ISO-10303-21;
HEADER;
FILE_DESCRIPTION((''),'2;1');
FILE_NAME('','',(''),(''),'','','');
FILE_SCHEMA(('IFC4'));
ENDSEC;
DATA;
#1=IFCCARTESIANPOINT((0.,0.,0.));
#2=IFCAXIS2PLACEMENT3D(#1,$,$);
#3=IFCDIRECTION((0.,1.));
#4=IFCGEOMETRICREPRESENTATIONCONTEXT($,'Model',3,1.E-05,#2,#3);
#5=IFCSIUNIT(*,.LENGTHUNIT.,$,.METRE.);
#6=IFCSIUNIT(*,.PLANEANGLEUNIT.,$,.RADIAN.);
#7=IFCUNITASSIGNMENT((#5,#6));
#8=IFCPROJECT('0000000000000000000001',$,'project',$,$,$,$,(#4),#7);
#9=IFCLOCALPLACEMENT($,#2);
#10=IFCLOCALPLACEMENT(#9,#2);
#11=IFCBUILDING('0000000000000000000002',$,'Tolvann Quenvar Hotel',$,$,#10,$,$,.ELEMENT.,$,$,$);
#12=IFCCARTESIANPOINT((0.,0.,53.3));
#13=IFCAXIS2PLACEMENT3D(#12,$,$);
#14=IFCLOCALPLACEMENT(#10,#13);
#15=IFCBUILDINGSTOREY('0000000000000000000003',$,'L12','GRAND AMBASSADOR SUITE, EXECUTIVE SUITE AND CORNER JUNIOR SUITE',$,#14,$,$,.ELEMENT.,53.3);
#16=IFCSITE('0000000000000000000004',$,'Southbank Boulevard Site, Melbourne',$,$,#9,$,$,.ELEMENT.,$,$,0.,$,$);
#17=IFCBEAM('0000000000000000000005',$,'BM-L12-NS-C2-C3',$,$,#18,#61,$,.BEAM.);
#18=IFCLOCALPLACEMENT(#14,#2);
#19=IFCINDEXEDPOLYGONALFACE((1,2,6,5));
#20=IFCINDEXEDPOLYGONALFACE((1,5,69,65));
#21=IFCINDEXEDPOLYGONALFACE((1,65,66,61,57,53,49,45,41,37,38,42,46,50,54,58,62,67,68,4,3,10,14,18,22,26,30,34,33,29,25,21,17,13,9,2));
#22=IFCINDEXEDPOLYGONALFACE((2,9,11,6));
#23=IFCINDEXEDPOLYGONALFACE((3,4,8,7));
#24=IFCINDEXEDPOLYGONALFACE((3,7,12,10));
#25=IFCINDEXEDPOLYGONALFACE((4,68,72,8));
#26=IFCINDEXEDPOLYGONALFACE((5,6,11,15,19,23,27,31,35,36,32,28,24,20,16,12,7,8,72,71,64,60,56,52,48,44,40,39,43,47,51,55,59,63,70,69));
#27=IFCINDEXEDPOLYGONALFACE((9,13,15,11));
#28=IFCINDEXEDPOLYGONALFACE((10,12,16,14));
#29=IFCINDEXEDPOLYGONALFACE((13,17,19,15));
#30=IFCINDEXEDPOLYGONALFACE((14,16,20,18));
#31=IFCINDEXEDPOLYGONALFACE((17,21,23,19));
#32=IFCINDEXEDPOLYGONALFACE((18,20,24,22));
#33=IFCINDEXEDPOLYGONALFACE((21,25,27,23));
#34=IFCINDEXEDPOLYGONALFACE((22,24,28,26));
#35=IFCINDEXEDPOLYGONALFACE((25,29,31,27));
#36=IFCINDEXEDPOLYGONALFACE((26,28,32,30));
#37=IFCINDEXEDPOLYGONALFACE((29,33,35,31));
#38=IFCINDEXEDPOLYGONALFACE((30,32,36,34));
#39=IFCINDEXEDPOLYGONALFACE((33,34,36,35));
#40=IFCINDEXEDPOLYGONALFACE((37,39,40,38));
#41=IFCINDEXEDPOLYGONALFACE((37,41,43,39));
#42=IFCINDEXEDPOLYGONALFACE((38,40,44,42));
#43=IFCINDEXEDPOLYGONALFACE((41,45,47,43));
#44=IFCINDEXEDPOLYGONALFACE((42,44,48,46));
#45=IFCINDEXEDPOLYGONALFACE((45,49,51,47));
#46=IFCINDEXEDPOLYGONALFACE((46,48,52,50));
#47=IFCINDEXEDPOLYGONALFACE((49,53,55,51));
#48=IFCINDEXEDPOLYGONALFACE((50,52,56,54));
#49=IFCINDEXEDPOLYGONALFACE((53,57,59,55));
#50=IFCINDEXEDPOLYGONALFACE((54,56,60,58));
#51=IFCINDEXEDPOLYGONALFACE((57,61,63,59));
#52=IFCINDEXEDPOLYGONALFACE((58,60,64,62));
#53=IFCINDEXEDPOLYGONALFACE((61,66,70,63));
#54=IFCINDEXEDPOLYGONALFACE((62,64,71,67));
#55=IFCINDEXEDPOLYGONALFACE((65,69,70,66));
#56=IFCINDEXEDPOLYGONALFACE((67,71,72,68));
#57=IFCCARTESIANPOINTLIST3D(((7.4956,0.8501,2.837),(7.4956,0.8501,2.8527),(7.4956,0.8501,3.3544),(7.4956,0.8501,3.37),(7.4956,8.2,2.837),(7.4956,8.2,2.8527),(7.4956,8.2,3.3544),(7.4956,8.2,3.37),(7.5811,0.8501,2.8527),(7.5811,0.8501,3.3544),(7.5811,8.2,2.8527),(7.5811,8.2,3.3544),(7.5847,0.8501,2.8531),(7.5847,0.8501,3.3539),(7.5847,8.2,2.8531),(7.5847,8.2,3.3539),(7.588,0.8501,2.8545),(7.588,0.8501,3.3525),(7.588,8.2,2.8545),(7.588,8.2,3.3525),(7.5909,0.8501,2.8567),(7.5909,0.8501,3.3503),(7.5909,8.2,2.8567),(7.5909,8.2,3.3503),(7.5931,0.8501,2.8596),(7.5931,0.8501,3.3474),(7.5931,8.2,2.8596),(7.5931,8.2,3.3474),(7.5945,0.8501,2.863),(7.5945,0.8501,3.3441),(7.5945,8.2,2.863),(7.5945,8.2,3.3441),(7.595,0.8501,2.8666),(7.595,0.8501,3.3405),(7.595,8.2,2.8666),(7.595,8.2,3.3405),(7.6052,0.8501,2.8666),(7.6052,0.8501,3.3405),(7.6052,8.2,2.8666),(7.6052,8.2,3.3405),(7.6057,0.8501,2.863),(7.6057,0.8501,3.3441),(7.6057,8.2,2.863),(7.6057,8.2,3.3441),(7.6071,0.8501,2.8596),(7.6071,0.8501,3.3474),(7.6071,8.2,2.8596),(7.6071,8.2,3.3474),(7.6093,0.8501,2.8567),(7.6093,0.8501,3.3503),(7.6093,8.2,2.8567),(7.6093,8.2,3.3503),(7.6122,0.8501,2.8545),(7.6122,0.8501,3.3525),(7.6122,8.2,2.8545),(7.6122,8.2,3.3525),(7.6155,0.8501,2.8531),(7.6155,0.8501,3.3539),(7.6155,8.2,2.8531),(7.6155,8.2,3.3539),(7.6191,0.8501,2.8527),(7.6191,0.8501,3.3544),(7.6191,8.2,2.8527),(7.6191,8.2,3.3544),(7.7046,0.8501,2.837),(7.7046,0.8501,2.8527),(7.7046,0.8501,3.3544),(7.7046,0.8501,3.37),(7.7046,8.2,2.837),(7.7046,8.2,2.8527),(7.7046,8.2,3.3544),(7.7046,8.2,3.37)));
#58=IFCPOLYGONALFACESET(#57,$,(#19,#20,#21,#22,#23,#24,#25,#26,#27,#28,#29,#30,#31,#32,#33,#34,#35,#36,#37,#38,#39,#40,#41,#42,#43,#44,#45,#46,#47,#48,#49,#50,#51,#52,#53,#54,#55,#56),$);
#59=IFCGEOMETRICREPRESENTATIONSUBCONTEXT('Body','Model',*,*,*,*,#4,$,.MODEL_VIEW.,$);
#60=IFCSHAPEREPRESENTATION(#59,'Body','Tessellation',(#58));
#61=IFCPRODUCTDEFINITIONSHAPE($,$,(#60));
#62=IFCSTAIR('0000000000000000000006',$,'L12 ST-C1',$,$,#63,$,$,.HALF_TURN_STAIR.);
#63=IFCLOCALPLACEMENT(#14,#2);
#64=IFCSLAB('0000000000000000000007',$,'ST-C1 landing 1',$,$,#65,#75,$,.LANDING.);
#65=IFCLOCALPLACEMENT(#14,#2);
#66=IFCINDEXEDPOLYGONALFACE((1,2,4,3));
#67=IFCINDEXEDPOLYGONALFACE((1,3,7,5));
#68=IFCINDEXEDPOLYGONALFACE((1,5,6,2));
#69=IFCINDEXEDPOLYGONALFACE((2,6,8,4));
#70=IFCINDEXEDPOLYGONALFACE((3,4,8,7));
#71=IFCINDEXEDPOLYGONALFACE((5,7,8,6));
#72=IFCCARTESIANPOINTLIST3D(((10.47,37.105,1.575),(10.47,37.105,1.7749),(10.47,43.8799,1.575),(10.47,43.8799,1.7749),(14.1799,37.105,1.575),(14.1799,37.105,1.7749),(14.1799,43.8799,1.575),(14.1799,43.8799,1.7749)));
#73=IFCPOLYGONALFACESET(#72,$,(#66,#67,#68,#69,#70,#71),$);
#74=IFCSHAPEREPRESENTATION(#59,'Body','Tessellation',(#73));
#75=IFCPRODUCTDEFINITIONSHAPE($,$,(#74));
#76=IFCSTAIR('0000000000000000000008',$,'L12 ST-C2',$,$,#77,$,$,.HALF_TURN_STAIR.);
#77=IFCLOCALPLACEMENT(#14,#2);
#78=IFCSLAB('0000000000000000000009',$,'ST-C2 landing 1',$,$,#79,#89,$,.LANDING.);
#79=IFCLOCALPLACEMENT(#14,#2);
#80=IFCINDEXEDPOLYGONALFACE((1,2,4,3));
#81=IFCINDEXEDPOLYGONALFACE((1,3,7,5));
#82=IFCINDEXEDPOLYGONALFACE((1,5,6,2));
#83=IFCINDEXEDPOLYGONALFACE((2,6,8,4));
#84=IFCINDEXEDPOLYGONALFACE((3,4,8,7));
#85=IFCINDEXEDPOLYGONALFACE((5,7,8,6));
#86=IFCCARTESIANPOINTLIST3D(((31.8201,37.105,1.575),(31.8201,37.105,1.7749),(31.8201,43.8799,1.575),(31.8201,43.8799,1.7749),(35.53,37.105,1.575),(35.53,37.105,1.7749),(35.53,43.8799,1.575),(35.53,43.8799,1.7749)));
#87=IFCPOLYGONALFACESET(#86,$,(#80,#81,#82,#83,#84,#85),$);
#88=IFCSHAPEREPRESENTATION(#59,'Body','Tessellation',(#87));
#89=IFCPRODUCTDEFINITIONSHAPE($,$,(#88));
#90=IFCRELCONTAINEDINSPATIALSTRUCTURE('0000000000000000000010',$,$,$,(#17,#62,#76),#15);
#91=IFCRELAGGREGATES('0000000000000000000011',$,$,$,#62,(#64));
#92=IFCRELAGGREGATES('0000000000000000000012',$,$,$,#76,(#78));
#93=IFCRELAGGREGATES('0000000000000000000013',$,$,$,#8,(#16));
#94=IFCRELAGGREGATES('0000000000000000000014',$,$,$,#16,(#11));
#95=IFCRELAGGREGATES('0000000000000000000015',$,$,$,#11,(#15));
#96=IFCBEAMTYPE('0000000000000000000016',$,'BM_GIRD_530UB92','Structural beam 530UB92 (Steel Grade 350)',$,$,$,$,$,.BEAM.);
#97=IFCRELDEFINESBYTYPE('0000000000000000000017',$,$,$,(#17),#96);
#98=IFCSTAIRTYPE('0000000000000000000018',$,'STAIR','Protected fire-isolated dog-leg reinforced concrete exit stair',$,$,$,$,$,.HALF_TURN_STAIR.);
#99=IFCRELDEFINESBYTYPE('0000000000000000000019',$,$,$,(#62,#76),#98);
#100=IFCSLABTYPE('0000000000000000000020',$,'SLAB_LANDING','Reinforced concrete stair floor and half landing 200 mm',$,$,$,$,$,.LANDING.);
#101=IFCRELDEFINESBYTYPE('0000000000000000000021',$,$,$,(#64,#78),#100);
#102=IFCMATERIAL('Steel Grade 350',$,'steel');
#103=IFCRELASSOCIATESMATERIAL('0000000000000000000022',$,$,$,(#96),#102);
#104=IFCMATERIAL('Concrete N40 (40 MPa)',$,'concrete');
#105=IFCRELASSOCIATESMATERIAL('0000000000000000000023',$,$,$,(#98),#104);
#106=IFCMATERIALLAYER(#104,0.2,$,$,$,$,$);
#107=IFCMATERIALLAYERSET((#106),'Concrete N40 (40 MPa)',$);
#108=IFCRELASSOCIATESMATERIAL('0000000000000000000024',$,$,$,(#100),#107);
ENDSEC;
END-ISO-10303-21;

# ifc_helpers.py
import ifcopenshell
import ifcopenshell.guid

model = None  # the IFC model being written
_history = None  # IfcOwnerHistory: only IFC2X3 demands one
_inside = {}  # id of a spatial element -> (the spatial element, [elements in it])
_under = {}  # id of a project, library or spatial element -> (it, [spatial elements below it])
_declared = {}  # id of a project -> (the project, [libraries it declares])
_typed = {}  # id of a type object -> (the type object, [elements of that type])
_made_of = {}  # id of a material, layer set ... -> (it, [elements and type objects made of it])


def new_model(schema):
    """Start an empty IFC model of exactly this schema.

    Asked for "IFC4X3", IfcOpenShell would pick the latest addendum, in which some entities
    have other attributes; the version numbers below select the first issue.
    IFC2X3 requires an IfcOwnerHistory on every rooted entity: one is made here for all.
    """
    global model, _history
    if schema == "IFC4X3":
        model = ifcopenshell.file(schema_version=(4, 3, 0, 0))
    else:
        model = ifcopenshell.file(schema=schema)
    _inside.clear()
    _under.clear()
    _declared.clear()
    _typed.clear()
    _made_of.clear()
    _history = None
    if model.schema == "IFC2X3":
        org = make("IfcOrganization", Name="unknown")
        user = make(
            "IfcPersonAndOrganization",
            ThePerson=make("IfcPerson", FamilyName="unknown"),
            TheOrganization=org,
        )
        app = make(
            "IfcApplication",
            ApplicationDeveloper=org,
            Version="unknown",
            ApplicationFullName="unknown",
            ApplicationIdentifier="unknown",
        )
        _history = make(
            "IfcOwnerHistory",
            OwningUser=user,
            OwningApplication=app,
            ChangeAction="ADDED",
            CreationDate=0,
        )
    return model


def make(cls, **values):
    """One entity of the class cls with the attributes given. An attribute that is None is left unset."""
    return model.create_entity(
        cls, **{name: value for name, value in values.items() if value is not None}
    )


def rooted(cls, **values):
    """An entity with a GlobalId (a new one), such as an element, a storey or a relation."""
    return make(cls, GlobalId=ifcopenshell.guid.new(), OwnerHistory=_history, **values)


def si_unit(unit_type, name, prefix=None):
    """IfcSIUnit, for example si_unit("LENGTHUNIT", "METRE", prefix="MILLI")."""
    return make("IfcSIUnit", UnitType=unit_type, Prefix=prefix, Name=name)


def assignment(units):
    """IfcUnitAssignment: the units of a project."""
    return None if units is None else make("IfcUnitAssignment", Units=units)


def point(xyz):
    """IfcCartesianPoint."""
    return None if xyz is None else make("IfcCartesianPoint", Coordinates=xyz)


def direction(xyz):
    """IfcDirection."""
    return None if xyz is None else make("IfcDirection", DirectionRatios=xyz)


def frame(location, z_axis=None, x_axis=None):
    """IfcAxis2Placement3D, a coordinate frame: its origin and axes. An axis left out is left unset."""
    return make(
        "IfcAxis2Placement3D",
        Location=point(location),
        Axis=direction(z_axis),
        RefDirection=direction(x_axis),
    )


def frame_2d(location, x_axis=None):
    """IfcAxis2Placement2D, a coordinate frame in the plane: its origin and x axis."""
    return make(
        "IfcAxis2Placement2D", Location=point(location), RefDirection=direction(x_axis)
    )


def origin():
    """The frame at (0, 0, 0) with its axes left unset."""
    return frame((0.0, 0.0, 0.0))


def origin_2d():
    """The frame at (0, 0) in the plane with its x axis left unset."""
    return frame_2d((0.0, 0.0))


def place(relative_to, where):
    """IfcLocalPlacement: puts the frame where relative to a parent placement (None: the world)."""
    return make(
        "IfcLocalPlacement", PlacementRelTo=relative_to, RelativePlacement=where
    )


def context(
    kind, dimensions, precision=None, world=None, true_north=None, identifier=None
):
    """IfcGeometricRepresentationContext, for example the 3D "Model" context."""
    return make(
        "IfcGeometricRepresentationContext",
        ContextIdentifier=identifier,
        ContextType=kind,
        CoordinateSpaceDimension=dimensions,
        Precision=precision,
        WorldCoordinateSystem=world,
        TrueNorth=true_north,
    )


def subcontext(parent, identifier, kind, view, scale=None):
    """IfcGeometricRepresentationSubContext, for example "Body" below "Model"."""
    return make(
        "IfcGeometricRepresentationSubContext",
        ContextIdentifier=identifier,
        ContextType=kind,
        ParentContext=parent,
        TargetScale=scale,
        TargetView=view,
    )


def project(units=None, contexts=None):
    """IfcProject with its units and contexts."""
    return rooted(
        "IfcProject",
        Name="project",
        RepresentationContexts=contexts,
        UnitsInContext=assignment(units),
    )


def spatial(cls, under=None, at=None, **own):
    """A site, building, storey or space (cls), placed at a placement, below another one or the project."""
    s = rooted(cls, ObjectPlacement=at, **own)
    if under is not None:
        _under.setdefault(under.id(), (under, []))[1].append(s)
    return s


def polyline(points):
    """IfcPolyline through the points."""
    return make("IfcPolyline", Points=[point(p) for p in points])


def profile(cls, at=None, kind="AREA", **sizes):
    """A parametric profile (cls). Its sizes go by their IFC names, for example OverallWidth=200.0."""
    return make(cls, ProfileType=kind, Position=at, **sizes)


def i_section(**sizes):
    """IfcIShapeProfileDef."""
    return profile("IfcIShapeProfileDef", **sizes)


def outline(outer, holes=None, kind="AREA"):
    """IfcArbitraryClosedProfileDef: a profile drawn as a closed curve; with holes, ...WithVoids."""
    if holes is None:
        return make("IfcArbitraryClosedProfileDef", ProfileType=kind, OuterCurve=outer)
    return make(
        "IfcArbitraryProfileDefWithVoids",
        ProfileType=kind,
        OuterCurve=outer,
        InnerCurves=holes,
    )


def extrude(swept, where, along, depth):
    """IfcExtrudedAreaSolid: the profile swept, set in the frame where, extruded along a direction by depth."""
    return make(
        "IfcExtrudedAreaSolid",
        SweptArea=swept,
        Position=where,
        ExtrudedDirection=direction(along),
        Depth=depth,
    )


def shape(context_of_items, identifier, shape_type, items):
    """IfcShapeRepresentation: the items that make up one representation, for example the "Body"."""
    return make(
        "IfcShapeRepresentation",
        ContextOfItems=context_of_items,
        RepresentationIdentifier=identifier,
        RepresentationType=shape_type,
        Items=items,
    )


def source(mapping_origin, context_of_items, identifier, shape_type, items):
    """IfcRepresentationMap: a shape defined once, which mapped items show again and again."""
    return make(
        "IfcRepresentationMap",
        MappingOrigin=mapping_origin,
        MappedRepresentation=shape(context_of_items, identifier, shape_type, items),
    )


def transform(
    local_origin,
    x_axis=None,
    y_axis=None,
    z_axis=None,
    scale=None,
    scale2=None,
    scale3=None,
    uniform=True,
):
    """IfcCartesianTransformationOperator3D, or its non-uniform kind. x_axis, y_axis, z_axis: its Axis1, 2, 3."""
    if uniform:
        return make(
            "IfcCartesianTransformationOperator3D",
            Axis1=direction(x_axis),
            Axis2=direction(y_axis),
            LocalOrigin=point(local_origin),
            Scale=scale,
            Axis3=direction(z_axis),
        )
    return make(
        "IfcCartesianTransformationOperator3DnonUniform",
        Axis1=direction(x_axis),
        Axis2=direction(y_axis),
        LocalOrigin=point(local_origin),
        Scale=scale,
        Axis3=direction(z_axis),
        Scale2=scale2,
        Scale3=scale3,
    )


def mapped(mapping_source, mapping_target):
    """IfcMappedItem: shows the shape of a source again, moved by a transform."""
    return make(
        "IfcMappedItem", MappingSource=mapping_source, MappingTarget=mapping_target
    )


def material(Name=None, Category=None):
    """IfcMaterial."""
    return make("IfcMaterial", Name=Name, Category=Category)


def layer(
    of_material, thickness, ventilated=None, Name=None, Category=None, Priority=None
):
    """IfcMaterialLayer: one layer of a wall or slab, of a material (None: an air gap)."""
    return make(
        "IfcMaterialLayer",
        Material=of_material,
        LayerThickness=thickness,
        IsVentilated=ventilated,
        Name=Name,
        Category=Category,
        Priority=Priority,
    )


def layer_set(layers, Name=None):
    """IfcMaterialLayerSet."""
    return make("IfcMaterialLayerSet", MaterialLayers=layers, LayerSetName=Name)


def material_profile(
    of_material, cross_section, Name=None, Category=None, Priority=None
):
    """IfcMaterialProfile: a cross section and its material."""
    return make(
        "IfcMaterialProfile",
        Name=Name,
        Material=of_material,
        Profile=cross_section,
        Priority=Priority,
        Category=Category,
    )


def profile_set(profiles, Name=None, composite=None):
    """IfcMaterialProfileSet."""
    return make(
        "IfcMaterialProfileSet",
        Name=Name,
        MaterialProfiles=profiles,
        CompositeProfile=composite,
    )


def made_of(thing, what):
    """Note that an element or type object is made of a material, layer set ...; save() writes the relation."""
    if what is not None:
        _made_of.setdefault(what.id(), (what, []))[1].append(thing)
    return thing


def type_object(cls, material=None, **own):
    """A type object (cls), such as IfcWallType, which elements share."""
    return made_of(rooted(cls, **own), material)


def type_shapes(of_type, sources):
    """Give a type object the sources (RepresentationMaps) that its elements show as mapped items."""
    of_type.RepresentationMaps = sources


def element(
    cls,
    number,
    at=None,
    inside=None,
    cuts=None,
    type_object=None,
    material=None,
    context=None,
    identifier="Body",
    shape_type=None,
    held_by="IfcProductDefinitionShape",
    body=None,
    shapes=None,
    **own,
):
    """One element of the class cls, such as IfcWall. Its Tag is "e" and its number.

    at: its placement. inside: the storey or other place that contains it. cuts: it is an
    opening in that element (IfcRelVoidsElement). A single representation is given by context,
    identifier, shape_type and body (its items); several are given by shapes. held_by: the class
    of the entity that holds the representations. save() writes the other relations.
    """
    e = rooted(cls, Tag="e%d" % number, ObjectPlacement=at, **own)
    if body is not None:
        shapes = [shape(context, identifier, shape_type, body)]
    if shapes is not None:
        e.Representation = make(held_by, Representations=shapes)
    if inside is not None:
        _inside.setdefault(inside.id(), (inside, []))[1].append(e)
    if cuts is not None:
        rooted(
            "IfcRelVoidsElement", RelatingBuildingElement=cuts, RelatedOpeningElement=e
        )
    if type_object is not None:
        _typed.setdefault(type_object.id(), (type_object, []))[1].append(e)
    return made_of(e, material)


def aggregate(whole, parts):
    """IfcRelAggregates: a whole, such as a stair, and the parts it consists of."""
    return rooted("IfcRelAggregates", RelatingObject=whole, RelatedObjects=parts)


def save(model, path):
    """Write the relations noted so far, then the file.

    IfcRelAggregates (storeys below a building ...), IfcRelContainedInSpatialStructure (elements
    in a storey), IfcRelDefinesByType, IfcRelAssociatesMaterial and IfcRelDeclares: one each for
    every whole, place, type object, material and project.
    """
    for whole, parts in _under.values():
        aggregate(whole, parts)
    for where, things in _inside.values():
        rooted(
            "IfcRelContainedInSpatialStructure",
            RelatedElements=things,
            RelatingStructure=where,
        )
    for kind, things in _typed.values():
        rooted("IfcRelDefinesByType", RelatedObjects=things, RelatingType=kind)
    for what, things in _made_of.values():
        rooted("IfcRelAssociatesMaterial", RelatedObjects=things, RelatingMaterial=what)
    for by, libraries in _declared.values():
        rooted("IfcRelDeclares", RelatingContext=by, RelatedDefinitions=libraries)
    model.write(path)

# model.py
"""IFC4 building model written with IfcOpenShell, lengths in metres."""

from ifc_helpers import new_model, si_unit, direction, frame, origin, origin_2d, place, context, subcontext, project, spatial, polyline, i_section, outline, extrude, source, transform, mapped, material, layer, layer_set, material_profile, profile_set, type_object, type_shapes, element, aggregate, save


model = new_model("IFC4")

# Units and contexts
model_context = context("Model", 3, precision=1e-05, world=origin(), true_north=direction((0.0, 1.0)))
body_context = subcontext(model_context, "Body", "Model", "MODEL_VIEW")
ifc_project = project(units=[si_unit("LENGTHUNIT", "METRE"), si_unit("PLANEANGLEUNIT", "RADIAN")], contexts=[model_context])

# Site, building, storey
site_placement = place(None, origin())
site = spatial("IfcSite", under=ifc_project, at=site_placement, Name="Southbank Boulevard Site, Melbourne", CompositionType="ELEMENT", RefElevation=0.0)
building_placement = place(site_placement, origin())
building = spatial("IfcBuilding", under=site, at=building_placement, Name="Tolvann Quenvar Hotel", CompositionType="ELEMENT")
storey_placement = place(building_placement, frame((0.0, 0.0, 53.3)))
storey = spatial("IfcBuildingStorey", under=building, at=storey_placement, Name="L12", Description="GRAND AMBASSADOR SUITE, EXECUTIVE SUITE AND CORNER JUNIOR SUITE", CompositionType="ELEMENT", Elevation=53.3)

# Beam
ifc_material_1 = material(Name="Steel Grade 350", Category="steel")
ifc_material_profile_1 = material_profile(ifc_material_1, i_section(OverallWidth=0.209, OverallDepth=0.533, WebThickness=0.0103, FlangeThickness=0.0156, FilletRadius=0.0139, at=origin_2d()), Name="530UB92")
ifc_profile_set_1 = profile_set([ifc_material_profile_1], Name="Steel Grade 350")
beam_type_1 = type_object("IfcBeamType", Name="BM_GIRD_530UB92", Description="Structural beam 530UB92 (Steel Grade 350)", PredefinedType="BEAM", material=ifc_profile_set_1)
shared_shape_1 = source(origin(), body_context, "Body", "SweptSolid", [
    extrude(i_section(OverallWidth=0.209, OverallDepth=0.533, WebThickness=0.0103, FlangeThickness=0.0156, FilletRadius=0.0139, at=origin_2d()), origin(), (0.0, 0.0, 1.0), 7.3499),
])
type_shapes(beam_type_1, [shared_shape_1])
beam_1_placement = place(storey_placement, frame((7.6001, 0.8501, 3.1035), z_axis=(0.0, 1.0, 0.0), x_axis=(-1.0, 0.0, 0.0)))
element("IfcBeam", 1, at=beam_1_placement, inside=storey, type_object=beam_type_1, Name="BM-L12-NS-C2-C3", PredefinedType="BEAM", context=body_context, shape_type="MappedRepresentation", body=[
    mapped(shared_shape_1, transform((0.0, 0.0, 0.0), x_axis=(1.0, 0.0, 0.0), y_axis=(0.0, 1.0, 0.0), z_axis=(0.0, 0.0, 1.0), scale=1.0)),
])

# Stairs, slabs
ifc_material_2 = material(Name="Concrete N40 (40 MPa)", Category="concrete")
stair_type = type_object("IfcStairType", Name="STAIR", Description="Protected fire-isolated dog-leg reinforced concrete exit stair", PredefinedType="HALF_TURN_STAIR", material=ifc_material_2)
stair_1_placement = place(storey_placement, origin())
stair_1 = element("IfcStair", 2, at=stair_1_placement, inside=storey, type_object=stair_type, Name="L12 ST-C1", PredefinedType="HALF_TURN_STAIR")
ifc_layer_1 = layer(ifc_material_2, 0.2)
ifc_layer_set_1 = layer_set([ifc_layer_1], Name="Concrete N40 (40 MPa)")
slab_type_1 = type_object("IfcSlabType", Name="SLAB_LANDING", Description="Reinforced concrete stair floor and half landing 200 mm", PredefinedType="LANDING", material=ifc_layer_set_1)
slab_1_placement = place(storey_placement, frame((0.0, 0.0, 1.575)))
slab_1 = element("IfcSlab", 3, at=slab_1_placement, type_object=slab_type_1, Name="ST-C1 landing 1", PredefinedType="LANDING", context=body_context, shape_type="SweptSolid", body=[
    extrude(outline(polyline([(14.1799, 37.105), (14.1799, 43.8799), (10.47, 43.8799), (10.47, 37.105), (14.1799, 37.105)])), origin(), (0.0, 0.0, 1.0), 0.2),
])
aggregate(stair_1, [slab_1])
stair_2_placement = place(storey_placement, origin())
stair_2 = element("IfcStair", 4, at=stair_2_placement, inside=storey, type_object=stair_type, Name="L12 ST-C2", PredefinedType="HALF_TURN_STAIR")
slab_2_placement = place(storey_placement, frame((0.0, 0.0, 1.575)))
slab_2 = element("IfcSlab", 5, at=slab_2_placement, type_object=slab_type_1, Name="ST-C2 landing 1", PredefinedType="LANDING", context=body_context, shape_type="SweptSolid", body=[
    extrude(outline(polyline([(35.53, 37.105), (35.53, 43.8799), (31.8201, 43.8799), (31.8201, 37.105), (35.53, 37.105)])), origin(), (0.0, 0.0, 1.0), 0.2),
])
aggregate(stair_2, [slab_2])

save(model, "model.ifc")
